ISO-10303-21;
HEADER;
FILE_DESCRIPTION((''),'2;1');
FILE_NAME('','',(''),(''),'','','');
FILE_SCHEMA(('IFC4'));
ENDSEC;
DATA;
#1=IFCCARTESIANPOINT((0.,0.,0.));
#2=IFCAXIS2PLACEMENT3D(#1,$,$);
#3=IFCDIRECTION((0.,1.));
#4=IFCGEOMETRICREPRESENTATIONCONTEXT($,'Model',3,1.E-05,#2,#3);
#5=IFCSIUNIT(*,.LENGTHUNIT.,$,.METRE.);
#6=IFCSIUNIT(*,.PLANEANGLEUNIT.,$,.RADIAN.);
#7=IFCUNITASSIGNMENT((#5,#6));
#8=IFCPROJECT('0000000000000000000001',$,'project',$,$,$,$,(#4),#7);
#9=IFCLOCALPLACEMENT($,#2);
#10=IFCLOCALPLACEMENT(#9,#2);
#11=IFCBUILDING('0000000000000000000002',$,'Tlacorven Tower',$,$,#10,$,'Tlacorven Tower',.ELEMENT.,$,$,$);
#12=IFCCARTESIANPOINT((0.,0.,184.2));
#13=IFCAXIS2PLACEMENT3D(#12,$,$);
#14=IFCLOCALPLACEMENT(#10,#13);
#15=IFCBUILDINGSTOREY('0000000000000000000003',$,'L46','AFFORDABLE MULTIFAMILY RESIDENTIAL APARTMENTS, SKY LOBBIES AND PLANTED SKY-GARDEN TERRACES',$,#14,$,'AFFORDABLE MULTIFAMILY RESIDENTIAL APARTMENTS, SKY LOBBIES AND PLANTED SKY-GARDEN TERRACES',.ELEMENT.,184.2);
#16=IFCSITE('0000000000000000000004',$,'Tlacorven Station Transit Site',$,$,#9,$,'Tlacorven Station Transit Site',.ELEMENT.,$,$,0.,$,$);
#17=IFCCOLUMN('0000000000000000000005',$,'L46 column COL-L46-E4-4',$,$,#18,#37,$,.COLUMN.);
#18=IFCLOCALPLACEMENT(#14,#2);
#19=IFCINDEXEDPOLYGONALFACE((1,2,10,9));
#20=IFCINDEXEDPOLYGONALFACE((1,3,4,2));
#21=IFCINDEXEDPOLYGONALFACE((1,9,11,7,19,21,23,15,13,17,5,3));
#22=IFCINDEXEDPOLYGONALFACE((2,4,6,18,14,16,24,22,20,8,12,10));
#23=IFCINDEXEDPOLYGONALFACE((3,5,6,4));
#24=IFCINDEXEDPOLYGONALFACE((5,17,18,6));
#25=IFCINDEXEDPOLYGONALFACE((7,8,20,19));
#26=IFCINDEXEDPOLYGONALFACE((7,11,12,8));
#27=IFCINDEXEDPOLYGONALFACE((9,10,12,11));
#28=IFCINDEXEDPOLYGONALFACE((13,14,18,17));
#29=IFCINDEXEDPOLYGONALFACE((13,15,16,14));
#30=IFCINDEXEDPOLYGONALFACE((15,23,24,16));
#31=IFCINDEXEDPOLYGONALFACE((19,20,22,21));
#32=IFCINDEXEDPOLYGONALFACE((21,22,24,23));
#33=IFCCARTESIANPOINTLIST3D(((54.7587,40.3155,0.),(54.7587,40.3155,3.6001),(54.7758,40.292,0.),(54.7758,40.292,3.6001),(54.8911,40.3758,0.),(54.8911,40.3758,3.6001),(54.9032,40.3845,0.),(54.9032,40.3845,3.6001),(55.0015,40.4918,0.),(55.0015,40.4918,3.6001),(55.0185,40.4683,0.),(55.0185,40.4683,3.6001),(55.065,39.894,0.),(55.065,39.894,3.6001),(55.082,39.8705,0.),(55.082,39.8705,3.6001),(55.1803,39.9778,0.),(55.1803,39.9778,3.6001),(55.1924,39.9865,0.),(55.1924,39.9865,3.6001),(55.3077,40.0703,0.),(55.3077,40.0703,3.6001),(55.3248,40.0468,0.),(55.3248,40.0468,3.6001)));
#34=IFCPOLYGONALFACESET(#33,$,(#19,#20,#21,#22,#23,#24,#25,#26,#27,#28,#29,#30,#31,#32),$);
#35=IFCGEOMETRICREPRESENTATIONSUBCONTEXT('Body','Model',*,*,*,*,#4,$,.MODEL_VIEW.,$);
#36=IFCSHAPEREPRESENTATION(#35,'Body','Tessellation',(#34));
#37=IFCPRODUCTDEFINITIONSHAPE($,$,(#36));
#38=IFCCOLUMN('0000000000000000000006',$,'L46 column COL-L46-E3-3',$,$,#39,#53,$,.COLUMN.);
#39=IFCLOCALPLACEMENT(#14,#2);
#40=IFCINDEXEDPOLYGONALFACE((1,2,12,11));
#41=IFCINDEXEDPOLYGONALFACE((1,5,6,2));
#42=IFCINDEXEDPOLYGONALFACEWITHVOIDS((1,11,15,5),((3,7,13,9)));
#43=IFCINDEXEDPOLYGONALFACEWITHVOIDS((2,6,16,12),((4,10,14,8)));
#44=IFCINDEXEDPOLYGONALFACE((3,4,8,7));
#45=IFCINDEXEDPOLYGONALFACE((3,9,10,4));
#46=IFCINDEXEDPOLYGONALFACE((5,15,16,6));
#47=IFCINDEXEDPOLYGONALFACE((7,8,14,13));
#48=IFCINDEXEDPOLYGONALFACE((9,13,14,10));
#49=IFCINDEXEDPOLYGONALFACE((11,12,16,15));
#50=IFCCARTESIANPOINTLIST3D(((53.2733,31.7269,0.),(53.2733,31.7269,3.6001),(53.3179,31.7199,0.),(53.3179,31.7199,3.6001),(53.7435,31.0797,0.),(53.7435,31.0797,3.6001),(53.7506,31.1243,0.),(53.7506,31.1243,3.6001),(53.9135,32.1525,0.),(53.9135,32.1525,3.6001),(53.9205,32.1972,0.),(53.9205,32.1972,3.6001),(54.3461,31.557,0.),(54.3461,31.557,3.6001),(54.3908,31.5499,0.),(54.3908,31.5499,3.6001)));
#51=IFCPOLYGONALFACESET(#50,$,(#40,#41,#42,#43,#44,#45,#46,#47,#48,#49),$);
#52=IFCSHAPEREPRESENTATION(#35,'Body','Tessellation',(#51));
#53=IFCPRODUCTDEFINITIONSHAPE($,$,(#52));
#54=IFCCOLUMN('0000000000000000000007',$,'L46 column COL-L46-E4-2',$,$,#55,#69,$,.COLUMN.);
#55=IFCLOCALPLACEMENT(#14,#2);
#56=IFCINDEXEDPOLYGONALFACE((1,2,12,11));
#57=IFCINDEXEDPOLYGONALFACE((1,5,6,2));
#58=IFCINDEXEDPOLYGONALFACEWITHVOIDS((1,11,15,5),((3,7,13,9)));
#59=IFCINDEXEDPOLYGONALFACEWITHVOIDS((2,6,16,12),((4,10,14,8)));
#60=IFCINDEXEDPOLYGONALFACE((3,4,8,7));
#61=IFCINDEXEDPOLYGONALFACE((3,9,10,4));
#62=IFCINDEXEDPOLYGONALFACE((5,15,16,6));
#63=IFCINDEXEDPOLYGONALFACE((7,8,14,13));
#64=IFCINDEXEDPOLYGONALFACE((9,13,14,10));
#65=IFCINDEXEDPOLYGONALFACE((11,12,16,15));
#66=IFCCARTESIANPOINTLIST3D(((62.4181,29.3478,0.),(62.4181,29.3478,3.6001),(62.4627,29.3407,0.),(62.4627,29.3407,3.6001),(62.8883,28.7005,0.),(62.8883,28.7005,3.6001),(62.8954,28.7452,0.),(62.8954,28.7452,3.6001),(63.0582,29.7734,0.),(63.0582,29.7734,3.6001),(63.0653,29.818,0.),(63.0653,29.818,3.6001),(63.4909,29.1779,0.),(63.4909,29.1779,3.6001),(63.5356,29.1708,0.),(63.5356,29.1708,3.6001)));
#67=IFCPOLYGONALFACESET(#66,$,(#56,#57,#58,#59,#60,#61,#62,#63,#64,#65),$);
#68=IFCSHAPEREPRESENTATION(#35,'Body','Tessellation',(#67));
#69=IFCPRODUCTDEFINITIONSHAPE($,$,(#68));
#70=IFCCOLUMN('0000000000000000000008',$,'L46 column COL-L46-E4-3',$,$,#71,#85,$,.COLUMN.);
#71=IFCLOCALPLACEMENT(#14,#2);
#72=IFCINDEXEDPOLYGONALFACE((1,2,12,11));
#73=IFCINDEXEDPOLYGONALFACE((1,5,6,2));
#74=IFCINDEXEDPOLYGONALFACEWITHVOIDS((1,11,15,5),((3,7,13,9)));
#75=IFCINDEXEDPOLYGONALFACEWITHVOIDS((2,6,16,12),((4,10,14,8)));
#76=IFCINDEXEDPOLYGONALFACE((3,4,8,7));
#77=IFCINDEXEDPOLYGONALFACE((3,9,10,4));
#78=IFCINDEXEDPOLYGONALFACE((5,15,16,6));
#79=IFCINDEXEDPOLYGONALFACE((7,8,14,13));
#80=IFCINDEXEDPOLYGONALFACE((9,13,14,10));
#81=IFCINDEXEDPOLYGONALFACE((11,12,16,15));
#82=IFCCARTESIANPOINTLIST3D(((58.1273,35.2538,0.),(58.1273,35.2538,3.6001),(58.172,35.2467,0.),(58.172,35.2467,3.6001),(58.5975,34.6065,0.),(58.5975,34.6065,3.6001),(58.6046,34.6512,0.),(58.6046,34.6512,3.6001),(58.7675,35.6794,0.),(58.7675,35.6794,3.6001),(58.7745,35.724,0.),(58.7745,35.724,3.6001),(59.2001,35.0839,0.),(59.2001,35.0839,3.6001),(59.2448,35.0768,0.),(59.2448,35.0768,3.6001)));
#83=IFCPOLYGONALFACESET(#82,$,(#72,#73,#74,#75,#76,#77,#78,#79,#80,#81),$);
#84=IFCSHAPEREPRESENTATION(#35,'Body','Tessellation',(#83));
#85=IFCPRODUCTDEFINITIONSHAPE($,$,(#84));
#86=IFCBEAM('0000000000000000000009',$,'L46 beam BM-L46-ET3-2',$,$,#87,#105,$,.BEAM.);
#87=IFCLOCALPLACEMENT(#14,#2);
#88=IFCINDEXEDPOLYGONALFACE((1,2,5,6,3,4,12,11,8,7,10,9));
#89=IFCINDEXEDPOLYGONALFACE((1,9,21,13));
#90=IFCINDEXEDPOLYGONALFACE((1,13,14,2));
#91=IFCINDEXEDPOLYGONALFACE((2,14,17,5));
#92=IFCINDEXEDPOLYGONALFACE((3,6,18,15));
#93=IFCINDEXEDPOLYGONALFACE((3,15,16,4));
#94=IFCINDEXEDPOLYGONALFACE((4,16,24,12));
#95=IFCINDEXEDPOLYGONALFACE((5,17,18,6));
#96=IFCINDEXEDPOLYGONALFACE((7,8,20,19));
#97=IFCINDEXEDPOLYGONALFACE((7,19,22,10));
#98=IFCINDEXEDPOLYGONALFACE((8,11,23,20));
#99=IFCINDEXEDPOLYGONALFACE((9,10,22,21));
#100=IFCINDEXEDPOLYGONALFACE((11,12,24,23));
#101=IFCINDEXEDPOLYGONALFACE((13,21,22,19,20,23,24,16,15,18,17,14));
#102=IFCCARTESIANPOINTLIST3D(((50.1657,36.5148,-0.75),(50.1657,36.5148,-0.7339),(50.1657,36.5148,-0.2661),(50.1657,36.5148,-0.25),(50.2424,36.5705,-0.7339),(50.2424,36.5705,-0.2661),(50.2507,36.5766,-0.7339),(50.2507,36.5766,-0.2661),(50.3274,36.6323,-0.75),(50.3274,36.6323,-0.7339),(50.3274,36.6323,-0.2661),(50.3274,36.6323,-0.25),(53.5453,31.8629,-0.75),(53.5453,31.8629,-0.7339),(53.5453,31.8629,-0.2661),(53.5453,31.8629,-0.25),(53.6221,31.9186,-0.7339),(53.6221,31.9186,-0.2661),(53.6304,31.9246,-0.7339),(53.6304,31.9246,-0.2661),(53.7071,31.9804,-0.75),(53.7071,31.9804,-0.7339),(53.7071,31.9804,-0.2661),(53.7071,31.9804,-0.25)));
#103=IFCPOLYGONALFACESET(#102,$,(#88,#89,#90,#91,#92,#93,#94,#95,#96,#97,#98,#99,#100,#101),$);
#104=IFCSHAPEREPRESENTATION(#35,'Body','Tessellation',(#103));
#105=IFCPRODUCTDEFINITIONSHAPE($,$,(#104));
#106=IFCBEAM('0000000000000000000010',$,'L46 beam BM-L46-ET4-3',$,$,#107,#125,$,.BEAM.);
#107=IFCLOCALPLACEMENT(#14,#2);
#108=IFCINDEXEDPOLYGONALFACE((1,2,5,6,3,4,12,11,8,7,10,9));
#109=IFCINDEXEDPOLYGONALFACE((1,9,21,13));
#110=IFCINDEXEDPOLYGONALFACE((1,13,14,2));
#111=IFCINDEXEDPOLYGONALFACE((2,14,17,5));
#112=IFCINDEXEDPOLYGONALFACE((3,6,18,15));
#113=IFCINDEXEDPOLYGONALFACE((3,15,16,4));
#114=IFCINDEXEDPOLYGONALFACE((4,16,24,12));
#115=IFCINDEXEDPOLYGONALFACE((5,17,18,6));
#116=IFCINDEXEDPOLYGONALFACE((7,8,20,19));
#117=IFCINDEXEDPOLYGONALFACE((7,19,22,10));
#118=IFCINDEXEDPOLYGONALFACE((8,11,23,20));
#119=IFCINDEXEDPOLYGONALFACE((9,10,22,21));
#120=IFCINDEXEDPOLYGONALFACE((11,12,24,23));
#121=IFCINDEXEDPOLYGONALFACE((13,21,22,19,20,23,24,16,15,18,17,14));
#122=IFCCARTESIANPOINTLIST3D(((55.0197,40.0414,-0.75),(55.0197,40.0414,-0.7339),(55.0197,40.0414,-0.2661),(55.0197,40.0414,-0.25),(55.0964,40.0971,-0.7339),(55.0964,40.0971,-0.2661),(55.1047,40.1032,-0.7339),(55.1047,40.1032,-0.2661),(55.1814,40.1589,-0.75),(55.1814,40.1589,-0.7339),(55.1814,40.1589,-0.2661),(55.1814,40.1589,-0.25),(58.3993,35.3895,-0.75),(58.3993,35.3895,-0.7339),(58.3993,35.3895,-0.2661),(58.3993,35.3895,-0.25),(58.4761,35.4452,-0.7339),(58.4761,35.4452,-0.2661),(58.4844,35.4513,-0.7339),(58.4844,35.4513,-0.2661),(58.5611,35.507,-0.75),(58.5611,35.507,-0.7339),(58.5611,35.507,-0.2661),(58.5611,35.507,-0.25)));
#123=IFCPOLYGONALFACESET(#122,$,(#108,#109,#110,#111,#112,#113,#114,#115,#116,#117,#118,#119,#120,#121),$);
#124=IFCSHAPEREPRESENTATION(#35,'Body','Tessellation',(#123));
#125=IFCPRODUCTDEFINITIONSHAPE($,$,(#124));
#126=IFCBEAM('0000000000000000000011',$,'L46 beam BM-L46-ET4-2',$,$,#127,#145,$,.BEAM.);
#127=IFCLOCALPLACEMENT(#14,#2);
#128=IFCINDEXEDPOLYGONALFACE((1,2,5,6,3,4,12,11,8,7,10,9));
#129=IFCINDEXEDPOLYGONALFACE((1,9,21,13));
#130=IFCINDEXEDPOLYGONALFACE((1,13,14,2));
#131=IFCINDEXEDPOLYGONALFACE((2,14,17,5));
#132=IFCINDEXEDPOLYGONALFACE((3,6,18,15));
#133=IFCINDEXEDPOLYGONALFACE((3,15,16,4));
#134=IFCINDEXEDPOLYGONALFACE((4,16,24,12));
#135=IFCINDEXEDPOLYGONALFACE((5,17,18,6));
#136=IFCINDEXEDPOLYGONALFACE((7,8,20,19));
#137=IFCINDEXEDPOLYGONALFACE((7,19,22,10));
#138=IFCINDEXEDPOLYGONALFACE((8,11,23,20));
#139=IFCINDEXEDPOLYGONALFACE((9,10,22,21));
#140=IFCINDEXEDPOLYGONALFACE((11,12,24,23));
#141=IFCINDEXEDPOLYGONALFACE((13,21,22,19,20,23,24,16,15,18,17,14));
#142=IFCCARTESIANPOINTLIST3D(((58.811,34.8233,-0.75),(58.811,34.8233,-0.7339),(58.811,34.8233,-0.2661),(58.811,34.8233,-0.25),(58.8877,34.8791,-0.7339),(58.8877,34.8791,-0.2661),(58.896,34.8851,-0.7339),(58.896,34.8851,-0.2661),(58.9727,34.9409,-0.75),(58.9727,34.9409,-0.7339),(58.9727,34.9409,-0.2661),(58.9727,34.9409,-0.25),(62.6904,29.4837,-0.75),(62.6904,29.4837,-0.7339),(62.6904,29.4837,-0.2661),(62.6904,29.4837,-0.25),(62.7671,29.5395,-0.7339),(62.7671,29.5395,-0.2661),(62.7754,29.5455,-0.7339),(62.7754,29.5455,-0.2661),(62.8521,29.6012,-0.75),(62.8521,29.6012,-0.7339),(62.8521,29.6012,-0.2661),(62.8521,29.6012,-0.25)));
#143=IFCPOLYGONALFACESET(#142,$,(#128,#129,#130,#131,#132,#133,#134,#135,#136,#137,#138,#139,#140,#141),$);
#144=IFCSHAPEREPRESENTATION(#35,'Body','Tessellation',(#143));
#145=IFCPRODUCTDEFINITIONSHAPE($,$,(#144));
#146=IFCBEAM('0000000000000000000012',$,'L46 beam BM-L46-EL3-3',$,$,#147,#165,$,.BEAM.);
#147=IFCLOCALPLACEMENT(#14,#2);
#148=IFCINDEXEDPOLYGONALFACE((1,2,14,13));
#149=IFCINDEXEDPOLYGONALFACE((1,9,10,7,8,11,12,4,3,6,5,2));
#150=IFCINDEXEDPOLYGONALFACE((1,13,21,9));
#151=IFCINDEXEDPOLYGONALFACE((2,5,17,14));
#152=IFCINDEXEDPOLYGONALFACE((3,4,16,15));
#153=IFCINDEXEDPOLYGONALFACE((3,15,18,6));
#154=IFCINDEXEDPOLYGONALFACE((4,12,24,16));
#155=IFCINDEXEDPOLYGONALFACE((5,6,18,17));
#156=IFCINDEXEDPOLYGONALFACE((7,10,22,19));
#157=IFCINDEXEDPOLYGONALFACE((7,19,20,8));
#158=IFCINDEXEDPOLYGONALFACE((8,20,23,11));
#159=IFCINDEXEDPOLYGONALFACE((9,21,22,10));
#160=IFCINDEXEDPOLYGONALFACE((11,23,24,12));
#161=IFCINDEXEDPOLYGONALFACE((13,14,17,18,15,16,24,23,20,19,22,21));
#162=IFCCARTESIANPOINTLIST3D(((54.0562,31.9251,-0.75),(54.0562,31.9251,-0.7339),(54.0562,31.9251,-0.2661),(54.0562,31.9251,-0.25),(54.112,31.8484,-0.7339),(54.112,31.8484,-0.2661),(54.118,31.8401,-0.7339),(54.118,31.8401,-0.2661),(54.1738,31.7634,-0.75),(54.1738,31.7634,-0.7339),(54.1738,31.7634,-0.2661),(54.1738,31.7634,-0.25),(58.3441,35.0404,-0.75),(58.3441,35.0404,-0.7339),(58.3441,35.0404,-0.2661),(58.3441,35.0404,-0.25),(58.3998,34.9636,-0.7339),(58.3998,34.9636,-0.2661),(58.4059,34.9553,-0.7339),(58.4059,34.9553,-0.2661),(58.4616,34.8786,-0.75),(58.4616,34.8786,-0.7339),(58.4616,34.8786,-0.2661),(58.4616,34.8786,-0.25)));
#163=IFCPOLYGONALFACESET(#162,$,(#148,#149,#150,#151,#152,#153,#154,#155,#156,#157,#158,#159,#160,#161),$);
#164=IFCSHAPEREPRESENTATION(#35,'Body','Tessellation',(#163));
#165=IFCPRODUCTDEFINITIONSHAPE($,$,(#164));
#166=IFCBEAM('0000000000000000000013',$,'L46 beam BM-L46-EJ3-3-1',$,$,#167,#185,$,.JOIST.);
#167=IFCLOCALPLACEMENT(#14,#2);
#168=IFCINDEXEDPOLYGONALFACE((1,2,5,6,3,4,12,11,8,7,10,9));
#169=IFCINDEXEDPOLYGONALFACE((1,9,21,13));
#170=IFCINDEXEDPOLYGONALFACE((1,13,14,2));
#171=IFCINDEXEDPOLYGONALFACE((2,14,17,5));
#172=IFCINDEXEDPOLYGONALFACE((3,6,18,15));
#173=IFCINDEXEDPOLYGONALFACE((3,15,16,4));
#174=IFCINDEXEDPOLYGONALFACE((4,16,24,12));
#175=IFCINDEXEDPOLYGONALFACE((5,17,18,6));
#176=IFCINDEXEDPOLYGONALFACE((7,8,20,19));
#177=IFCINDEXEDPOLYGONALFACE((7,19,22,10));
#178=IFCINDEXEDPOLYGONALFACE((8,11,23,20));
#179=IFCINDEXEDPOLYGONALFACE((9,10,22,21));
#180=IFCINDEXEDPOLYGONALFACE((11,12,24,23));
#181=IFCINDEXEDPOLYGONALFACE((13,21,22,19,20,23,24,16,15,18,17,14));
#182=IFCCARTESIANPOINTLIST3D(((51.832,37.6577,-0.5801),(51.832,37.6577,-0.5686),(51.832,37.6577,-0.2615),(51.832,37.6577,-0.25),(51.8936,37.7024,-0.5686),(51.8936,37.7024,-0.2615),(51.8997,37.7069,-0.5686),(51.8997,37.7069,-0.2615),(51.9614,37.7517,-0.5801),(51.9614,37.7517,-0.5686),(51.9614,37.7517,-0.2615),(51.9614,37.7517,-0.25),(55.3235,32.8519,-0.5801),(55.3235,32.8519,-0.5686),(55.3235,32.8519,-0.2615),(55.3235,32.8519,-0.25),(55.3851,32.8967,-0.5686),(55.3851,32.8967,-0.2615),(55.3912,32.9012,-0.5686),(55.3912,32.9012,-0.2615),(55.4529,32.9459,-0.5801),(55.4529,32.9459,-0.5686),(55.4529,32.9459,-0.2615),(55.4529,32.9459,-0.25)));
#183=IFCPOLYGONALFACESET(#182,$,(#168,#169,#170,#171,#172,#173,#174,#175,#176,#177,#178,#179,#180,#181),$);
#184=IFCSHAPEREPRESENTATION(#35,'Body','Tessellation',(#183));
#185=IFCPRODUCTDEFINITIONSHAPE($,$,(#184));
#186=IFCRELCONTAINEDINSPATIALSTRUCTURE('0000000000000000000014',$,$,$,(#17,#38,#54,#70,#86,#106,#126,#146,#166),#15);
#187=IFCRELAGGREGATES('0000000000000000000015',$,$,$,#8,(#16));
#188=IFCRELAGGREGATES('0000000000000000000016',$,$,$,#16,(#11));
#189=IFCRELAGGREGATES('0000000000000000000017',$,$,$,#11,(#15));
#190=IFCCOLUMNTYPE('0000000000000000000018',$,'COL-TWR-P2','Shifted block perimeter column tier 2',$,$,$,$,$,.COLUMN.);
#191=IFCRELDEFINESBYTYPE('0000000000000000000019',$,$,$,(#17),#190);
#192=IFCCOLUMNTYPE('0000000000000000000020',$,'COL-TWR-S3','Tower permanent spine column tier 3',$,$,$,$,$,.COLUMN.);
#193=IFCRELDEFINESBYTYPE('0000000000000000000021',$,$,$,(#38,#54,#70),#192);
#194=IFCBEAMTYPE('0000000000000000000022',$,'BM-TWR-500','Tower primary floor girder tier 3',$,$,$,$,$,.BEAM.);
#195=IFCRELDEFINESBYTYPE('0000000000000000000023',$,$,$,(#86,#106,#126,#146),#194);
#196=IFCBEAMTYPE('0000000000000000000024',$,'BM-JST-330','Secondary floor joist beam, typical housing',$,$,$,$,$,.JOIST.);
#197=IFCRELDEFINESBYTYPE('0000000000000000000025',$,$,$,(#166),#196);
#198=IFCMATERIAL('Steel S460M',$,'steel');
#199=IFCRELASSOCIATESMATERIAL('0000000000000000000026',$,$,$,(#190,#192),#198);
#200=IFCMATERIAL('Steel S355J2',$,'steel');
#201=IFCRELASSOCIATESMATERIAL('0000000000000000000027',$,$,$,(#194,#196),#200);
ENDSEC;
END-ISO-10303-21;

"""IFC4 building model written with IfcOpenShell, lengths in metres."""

from ifc_helpers import new_model, si_unit, direction, frame, origin, origin_2d, place, context, subcontext, project, spatial, hollow_rectangle, i_section, extrude, source, transform, mapped, material, material_profile, profile_set, type_object, element, save


model = new_model("IFC4")

# Units and contexts
model_context = context("Model", 3, precision=1e-05, world=origin(), true_north=direction((0.0, 1.0)))
body_context = subcontext(model_context, "Body", "Model", "MODEL_VIEW")
ifc_project = project(units=[si_unit("LENGTHUNIT", "METRE"), si_unit("PLANEANGLEUNIT", "RADIAN")], contexts=[model_context])

# Site, building, storey
site_placement = place(None, origin())
site = spatial("IfcSite", under=ifc_project, at=site_placement, Name="Tlacorven Station Transit Site", LongName="Tlacorven Station Transit Site", CompositionType="ELEMENT", RefElevation=0.0)
building_placement = place(site_placement, origin())
building = spatial("IfcBuilding", under=site, at=building_placement, Name="Tlacorven Tower", LongName="Tlacorven Tower", CompositionType="ELEMENT")
storey_placement = place(building_placement, frame((0.0, 0.0, 184.2)))
storey = spatial("IfcBuildingStorey", under=building, at=storey_placement, Name="L46", Description="AFFORDABLE MULTIFAMILY RESIDENTIAL APARTMENTS, SKY LOBBIES AND PLANTED SKY-GARDEN TERRACES", LongName="AFFORDABLE MULTIFAMILY RESIDENTIAL APARTMENTS, SKY LOBBIES AND PLANTED SKY-GARDEN TERRACES", CompositionType="ELEMENT", Elevation=184.2)

# Columns
ifc_material_1 = material(Name="Steel S460M", Category="steel")
ifc_material_profile_1 = material_profile(ifc_material_1, i_section(OverallWidth=0.3, OverallDepth=0.55, WebThickness=0.0149, FlangeThickness=0.0291, at=origin_2d()), Name="HEB 550")
ifc_profile_set_1 = profile_set([ifc_material_profile_1], Name="Steel S460M")
column_type_1 = type_object("IfcColumnType", Name="COL-TWR-P2", Description="Shifted block perimeter column tier 2", PredefinedType="COLUMN", material=ifc_profile_set_1)
shared_shape_1 = source(origin(), body_context, "Body", "SweptSolid", [
    extrude(i_section(OverallWidth=0.3, OverallDepth=0.55, WebThickness=0.0149, FlangeThickness=0.0291, at=origin_2d()), origin(), (0.0, 0.0, 1.0), 3.6001),
])
column_placement = place(storey_placement, frame((55.0417, 40.1812, 0.0), z_axis=(0.0, 0.0, 1.0), x_axis=(0.809017, 0.587785, 0.0)))
element("IfcColumn", 1, at=column_placement, inside=storey, type_object=column_type_1, Name="L46 column COL-L46-E4-4", PredefinedType="COLUMN", context=body_context, shape_type="MappedRepresentation", body=[
    mapped(shared_shape_1, transform((0.0, 0.0, 0.0), scale=1.0)),
])
ifc_material_profile_2 = material_profile(ifc_material_1, hollow_rectangle(XDim=0.8, YDim=0.8, WallThickness=0.032, at=origin_2d()), Name="BOX 800X800X32")
ifc_profile_set_2 = profile_set([ifc_material_profile_2], Name="Steel S460M")
column_type_2 = type_object("IfcColumnType", Name="COL-TWR-S3", Description="Tower permanent spine column tier 3", PredefinedType="COLUMN", material=ifc_profile_set_2)
shared_shape_2 = source(origin(), body_context, "Body", "SweptSolid", [
    extrude(hollow_rectangle(XDim=0.8, YDim=0.8, WallThickness=0.032, at=origin_2d()), origin(), (0.0, 0.0, 1.0), 3.6001),
])
for number, where, z_axis, x_axis, name in (
    (2, (53.832, 31.6384, 0.0), (0.0, 0.0, 1.0), (0.809017, 0.587785, 0.0), "L46 column COL-L46-E3-3"),
    (3, (62.9768, 29.2593, 0.0), (0.0, 0.0, 1.0), (0.809017, 0.587785, 0.0), "L46 column COL-L46-E4-2"),
    (4, (58.686, 35.1653, 0.0), (0.0, 0.0, 1.0), (0.809017, 0.587785, 0.0), "L46 column COL-L46-E4-3"),
):
    element("IfcColumn", number, at=place(storey_placement, frame(where, z_axis=z_axis, x_axis=x_axis)), inside=storey, type_object=column_type_2, Name=name, PredefinedType="COLUMN", context=body_context, shape_type="MappedRepresentation", body=[
        mapped(shared_shape_2, transform((0.0, 0.0, 0.0), scale=1.0)),
    ])

# Beams
ifc_material_2 = material(Name="Steel S355J2", Category="steel")
ifc_material_profile_3 = material_profile(ifc_material_2, i_section(OverallWidth=0.2, OverallDepth=0.5, WebThickness=0.0103, FlangeThickness=0.0161, at=origin_2d()), Name="IPE 500")
ifc_profile_set_3 = profile_set([ifc_material_profile_3], Name="Steel S355J2")
beam_type_1 = type_object("IfcBeamType", Name="BM-TWR-500", Description="Tower primary floor girder tier 3", PredefinedType="BEAM", material=ifc_profile_set_3)
shared_shape_3 = source(origin(), body_context, "Body", "SweptSolid", [
    extrude(i_section(OverallWidth=0.2, OverallDepth=0.5, WebThickness=0.0103, FlangeThickness=0.0161, at=origin_2d()), origin(), (0.0, 0.0, 1.0), 5.75),
])
for number, where, z_axis, x_axis, name in (
    (5, (53.6262, 31.9216, -0.5), (-0.58777, 0.809028, 0.0), (-0.809028, -0.58777, 0.0), "L46 beam BM-L46-ET3-2"),
    (6, (58.4802, 35.4482, -0.5), (-0.58777, 0.809028, 0.0), (-0.809028, -0.58777, 0.0), "L46 beam BM-L46-ET4-3"),
):
    element("IfcBeam", number, at=place(storey_placement, frame(where, z_axis=z_axis, x_axis=x_axis)), inside=storey, type_object=beam_type_1, Name=name, PredefinedType="BEAM", context=body_context, shape_type="MappedRepresentation", body=[
        mapped(shared_shape_3, transform((0.0, 0.0, 0.0), scale=1.0)),
    ])
shared_shape_4 = source(origin(), body_context, "Body", "SweptSolid", [
    extrude(i_section(OverallWidth=0.2, OverallDepth=0.5, WebThickness=0.0103, FlangeThickness=0.0161, at=origin_2d()), origin(), (0.0, 0.0, 1.0), 6.6001),
])
beam_1_placement = place(storey_placement, frame((62.7712, 29.5425, -0.5), z_axis=(-0.58778, 0.809021, 0.0), x_axis=(-0.809021, -0.58778, 0.0)))
element("IfcBeam", 7, at=beam_1_placement, inside=storey, type_object=beam_type_1, Name="L46 beam BM-L46-ET4-2", PredefinedType="BEAM", context=body_context, shape_type="MappedRepresentation", body=[
    mapped(shared_shape_4, transform((0.0, 0.0, 0.0), scale=1.0)),
])
shared_shape_5 = source(origin(), body_context, "Body", "SweptSolid", [
    extrude(i_section(OverallWidth=0.2, OverallDepth=0.5, WebThickness=0.0103, FlangeThickness=0.0161, at=origin_2d()), origin(), (0.0, 0.0, 1.0), 5.3),
])
beam_2_placement = place(storey_placement, frame((54.115, 31.8442, -0.5), z_axis=(0.809023, 0.587777, 0.0), x_axis=(-0.587777, 0.809023, 0.0)))
element("IfcBeam", 8, at=beam_2_placement, inside=storey, type_object=beam_type_1, Name="L46 beam BM-L46-EL3-3", PredefinedType="BEAM", context=body_context, shape_type="MappedRepresentation", body=[
    mapped(shared_shape_5, transform((0.0, 0.0, 0.0), scale=1.0)),
])
ifc_material_profile_4 = material_profile(ifc_material_2, i_section(OverallWidth=0.1599, OverallDepth=0.3301, WebThickness=0.0076, FlangeThickness=0.0115, at=origin_2d()), Name="IPE 330")
ifc_profile_set_4 = profile_set([ifc_material_profile_4], Name="Steel S355J2")
beam_type_2 = type_object("IfcBeamType", Name="BM-JST-330", Description="Secondary floor joist beam, typical housing", PredefinedType="JOIST", material=ifc_profile_set_4)
shared_shape_6 = source(origin(), body_context, "Body", "SweptSolid", [
    extrude(i_section(OverallWidth=0.1599, OverallDepth=0.3301, WebThickness=0.0076, FlangeThickness=0.0115, at=origin_2d()), origin(), (0.0, 0.0, 1.0), 5.9402),
])
for number, where, z_axis, x_axis, name in (
    (9, (55.3882, 32.8989, -0.415), (-0.587778, 0.809022, 0.0), (-0.809022, -0.587778, 0.0), "L46 beam BM-L46-EJ3-3-1"),
):
    element("IfcBeam", number, at=place(storey_placement, frame(where, z_axis=z_axis, x_axis=x_axis)), inside=storey, type_object=beam_type_2, Name=name, PredefinedType="JOIST", context=body_context, shape_type="MappedRepresentation", body=[
        mapped(shared_shape_6, transform((0.0, 0.0, 0.0), scale=1.0)),
    ])

save(model, "model.ifc")
